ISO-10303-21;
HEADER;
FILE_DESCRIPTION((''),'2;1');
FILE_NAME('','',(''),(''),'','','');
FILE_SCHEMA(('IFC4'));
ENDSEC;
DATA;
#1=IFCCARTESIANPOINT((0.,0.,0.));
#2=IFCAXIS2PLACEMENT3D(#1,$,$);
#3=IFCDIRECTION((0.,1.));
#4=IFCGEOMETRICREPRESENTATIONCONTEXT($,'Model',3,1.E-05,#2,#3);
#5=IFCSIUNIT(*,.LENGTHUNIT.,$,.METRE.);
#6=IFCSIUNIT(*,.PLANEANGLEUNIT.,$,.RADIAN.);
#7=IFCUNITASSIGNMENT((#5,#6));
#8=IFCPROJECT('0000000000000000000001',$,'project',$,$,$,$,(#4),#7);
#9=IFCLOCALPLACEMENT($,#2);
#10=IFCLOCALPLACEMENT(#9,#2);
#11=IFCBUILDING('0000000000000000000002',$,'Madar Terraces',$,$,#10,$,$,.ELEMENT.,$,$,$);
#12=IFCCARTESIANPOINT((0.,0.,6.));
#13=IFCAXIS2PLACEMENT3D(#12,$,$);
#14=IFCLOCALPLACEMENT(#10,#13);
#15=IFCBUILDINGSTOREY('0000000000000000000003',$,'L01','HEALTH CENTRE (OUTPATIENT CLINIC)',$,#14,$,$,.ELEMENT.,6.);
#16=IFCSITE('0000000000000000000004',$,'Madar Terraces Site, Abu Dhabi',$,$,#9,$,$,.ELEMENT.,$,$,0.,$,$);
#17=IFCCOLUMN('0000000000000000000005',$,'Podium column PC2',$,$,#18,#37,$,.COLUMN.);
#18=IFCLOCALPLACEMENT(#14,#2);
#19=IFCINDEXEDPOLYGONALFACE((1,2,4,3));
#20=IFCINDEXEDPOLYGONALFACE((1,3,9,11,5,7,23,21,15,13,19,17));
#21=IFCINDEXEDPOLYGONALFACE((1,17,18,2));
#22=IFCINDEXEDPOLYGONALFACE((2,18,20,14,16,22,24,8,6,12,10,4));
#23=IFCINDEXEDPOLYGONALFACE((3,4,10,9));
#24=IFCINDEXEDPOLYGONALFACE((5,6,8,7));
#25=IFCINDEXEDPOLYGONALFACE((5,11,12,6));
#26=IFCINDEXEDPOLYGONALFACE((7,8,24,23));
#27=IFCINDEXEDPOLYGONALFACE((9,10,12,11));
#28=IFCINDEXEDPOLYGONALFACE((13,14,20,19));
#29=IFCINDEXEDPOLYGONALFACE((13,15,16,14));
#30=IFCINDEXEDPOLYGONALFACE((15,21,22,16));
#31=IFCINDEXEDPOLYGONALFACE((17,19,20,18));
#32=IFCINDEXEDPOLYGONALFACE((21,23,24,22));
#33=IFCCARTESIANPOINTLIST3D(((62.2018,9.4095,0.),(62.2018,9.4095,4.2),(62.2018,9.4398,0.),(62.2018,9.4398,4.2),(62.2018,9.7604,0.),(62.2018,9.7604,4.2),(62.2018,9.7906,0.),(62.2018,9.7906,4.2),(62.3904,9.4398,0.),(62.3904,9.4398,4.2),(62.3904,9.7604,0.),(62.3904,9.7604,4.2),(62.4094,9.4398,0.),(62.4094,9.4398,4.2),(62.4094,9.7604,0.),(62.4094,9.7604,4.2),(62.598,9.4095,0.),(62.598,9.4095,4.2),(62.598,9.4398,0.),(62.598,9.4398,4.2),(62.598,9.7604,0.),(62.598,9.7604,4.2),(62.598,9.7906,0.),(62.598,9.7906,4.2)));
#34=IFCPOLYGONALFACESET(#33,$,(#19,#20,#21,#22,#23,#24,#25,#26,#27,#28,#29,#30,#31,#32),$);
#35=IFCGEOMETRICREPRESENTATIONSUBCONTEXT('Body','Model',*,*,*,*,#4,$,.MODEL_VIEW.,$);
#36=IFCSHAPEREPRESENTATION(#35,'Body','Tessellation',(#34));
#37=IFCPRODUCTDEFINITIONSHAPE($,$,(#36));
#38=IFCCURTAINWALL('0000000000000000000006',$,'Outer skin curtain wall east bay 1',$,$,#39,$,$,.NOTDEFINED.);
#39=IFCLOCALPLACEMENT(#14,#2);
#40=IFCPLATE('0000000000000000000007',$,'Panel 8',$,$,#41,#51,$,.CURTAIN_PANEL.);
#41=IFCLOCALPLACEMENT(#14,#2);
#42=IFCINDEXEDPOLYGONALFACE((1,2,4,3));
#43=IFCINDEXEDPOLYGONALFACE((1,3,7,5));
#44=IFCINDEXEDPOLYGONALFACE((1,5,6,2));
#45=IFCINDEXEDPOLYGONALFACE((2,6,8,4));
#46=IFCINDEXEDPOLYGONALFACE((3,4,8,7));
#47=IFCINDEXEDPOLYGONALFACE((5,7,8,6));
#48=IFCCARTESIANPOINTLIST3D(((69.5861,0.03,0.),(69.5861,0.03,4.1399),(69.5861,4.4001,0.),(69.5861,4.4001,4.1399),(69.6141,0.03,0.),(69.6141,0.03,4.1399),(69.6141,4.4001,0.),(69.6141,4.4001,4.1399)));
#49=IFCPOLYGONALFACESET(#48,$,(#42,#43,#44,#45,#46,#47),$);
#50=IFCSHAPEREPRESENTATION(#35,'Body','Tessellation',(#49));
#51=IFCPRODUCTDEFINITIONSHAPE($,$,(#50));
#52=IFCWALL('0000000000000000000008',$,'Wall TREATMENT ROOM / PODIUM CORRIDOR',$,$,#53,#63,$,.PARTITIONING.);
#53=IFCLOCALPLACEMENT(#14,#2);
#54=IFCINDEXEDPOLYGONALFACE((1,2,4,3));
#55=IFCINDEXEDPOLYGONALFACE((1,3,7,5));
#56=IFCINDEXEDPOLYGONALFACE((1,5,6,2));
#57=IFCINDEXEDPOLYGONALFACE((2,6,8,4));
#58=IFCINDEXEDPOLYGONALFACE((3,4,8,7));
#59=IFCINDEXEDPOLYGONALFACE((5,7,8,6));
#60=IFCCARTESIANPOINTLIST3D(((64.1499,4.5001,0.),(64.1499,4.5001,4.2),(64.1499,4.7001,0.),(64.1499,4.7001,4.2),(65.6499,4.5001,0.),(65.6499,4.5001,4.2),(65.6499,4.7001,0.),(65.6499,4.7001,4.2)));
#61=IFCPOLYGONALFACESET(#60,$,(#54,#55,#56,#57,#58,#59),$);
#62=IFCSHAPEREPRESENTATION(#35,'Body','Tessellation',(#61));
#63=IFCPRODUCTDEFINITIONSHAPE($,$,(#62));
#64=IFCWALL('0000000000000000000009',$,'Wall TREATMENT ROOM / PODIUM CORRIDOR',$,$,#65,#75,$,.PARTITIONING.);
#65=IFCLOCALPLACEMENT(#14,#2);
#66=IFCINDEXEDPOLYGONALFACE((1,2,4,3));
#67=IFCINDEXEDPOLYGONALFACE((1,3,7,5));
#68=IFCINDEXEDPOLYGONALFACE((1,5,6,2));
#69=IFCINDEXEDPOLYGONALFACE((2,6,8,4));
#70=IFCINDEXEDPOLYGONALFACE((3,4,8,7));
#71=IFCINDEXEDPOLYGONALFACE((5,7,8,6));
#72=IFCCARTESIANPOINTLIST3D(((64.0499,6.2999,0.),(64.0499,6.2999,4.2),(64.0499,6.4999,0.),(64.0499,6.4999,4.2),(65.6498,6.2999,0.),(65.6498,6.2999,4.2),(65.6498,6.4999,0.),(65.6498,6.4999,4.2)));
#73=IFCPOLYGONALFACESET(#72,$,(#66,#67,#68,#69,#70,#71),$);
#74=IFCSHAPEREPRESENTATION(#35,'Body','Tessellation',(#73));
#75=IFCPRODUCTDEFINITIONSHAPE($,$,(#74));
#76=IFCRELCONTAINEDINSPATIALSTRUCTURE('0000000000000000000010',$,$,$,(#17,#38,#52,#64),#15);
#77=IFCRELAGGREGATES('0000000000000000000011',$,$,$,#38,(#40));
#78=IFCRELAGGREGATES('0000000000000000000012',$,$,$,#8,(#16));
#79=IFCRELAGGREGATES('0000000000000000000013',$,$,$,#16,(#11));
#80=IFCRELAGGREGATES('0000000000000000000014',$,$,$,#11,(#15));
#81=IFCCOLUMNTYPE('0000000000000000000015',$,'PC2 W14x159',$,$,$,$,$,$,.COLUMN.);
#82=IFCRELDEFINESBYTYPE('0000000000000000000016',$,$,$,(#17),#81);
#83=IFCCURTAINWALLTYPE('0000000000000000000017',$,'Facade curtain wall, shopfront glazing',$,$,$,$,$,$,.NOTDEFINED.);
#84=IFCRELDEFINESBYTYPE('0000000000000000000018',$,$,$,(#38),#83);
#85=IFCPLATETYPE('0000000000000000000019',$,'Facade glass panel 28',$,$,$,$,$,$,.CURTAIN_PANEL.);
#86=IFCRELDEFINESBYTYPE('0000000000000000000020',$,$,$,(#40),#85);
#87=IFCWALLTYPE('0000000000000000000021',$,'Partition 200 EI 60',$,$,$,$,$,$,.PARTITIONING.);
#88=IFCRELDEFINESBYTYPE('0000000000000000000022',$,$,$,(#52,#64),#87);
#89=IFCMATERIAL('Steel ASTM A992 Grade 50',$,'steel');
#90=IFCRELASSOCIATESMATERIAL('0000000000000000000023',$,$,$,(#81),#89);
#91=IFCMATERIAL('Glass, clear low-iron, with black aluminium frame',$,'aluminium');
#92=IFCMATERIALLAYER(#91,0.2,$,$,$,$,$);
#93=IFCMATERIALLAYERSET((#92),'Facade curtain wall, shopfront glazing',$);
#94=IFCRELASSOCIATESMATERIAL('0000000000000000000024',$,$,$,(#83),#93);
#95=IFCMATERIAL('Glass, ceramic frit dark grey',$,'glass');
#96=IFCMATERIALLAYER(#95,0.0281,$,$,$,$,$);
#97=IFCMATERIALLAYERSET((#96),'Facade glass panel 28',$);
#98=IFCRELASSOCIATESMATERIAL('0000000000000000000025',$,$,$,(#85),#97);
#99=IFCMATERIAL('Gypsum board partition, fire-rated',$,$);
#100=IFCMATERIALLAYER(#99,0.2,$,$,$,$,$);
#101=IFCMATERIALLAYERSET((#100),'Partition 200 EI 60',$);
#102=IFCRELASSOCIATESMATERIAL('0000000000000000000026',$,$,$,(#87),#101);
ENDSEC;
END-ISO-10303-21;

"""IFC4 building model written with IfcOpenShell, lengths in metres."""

from ifc_helpers import new_model, si_unit, direction, frame, frame_2d, origin, origin_2d, place, context, subcontext, project, spatial, rectangle, i_section, extrude, material, layer, layer_set, material_profile, profile_set, type_object, element, aggregate, save


model = new_model("IFC4")

# Units and contexts
model_context = context("Model", 3, precision=1e-05, world=origin(), true_north=direction((0.0, 1.0)))
body_context = subcontext(model_context, "Body", "Model", "MODEL_VIEW")
ifc_project = project(units=[si_unit("LENGTHUNIT", "METRE"), si_unit("PLANEANGLEUNIT", "RADIAN")], contexts=[model_context])

# Site, building, storey
site_placement = place(None, origin())
site = spatial("IfcSite", under=ifc_project, at=site_placement, Name="Madar Terraces Site, Abu Dhabi", CompositionType="ELEMENT", RefElevation=0.0)
building_placement = place(site_placement, origin())
building = spatial("IfcBuilding", under=site, at=building_placement, Name="Madar Terraces", CompositionType="ELEMENT")
storey_placement = place(building_placement, frame((0.0, 0.0, 6.0)))
storey = spatial("IfcBuildingStorey", under=building, at=storey_placement, Name="L01", Description="HEALTH CENTRE (OUTPATIENT CLINIC)", CompositionType="ELEMENT", Elevation=6.0)

# Column
ifc_material_1 = material(Name="Steel ASTM A992 Grade 50", Category="steel")
ifc_material_profile = material_profile(ifc_material_1, i_section(OverallWidth=0.3962, OverallDepth=0.3811, WebThickness=0.019, FlangeThickness=0.0303, at=origin_2d()), Name="W14x159")
ifc_profile_set = profile_set([ifc_material_profile], Name="Steel ASTM A992 Grade 50")
column_type = type_object("IfcColumnType", Name="PC2 W14x159", PredefinedType="COLUMN", material=ifc_profile_set)
column_placement = place(storey_placement, frame((62.3999, 9.6001, 0.0), z_axis=(0.0, 0.0, 1.0), x_axis=(1.0, 0.0, 0.0)))
element("IfcColumn", 1, at=column_placement, inside=storey, type_object=column_type, Name="Podium column PC2", PredefinedType="COLUMN", context=body_context, shape_type="SweptSolid", body=[
    extrude(i_section(OverallWidth=0.3962, OverallDepth=0.3811, WebThickness=0.019, FlangeThickness=0.0303, at=origin_2d()), origin(), (0.0, 0.0, 1.0), 4.2),
])

# Curtain wall, plate
ifc_material_2 = material(Name="Glass, clear low-iron, with black aluminium frame", Category="aluminium")
ifc_layer_1 = layer(ifc_material_2, 0.2)
ifc_layer_set_1 = layer_set([ifc_layer_1], Name="Facade curtain wall, shopfront glazing")
curtain_wall_type = type_object("IfcCurtainWallType", Name="Facade curtain wall, shopfront glazing", PredefinedType="NOTDEFINED", material=ifc_layer_set_1)
curtain_wall_placement = place(storey_placement, origin())
curtain_wall = element("IfcCurtainWall", 2, at=curtain_wall_placement, inside=storey, type_object=curtain_wall_type, Name="Outer skin curtain wall east bay 1", PredefinedType="NOTDEFINED")
ifc_material_3 = material(Name="Glass, ceramic frit dark grey", Category="glass")
ifc_layer_2 = layer(ifc_material_3, 0.0281)
ifc_layer_set_2 = layer_set([ifc_layer_2], Name="Facade glass panel 28")
plate_type = type_object("IfcPlateType", Name="Facade glass panel 28", PredefinedType="CURTAIN_PANEL", material=ifc_layer_set_2)
plate_placement = place(storey_placement, frame((69.6001, 2.2151, 0.0), z_axis=(0.0, 0.0, 1.0), x_axis=(0.0, 1.0, 0.0)))
plate = element("IfcPlate", 3, at=plate_placement, type_object=plate_type, Name="Panel 8", PredefinedType="CURTAIN_PANEL", context=body_context, shape_type="SweptSolid", body=[
    extrude(rectangle(XDim=4.3701, YDim=0.0281, at=origin_2d()), origin(), (0.0, 0.0, 1.0), 4.1399),
])
aggregate(curtain_wall, [plate])

# Walls
ifc_material_4 = material(Name="Gypsum board partition, fire-rated")
ifc_layer_3 = layer(ifc_material_4, 0.2)
ifc_layer_set_3 = layer_set([ifc_layer_3], Name="Partition 200 EI 60")
wall_type_1 = type_object("IfcWallType", Name="Partition 200 EI 60", PredefinedType="PARTITIONING", material=ifc_layer_set_3)
wall_1_placement = place(storey_placement, frame((64.1499, 4.6001, 0.0), z_axis=(0.0, 0.0, 1.0), x_axis=(1.0, 0.0, 0.0)))
element("IfcWall", 4, at=wall_1_placement, inside=storey, type_object=wall_type_1, Name="Wall TREATMENT ROOM / PODIUM CORRIDOR", PredefinedType="PARTITIONING", context=body_context, shape_type="SweptSolid", body=[
    extrude(rectangle(XDim=1.5, YDim=0.2, at=frame_2d((0.75, 0.0))), origin(), (0.0, 0.0, 1.0), 4.2),
])
wall_2_placement = place(storey_placement, frame((64.05, 6.3999, 0.0), z_axis=(0.0, 0.0, 1.0), x_axis=(1.0, 0.0, 0.0)))
element("IfcWall", 5, at=wall_2_placement, inside=storey, type_object=wall_type_1, Name="Wall TREATMENT ROOM / PODIUM CORRIDOR", PredefinedType="PARTITIONING", context=body_context, shape_type="SweptSolid", body=[
    extrude(rectangle(XDim=1.5999, YDim=0.2, at=frame_2d((0.7998, 0.0))), origin(), (0.0, 0.0, 1.0), 4.2),
])

save(model, "model.ifc")
